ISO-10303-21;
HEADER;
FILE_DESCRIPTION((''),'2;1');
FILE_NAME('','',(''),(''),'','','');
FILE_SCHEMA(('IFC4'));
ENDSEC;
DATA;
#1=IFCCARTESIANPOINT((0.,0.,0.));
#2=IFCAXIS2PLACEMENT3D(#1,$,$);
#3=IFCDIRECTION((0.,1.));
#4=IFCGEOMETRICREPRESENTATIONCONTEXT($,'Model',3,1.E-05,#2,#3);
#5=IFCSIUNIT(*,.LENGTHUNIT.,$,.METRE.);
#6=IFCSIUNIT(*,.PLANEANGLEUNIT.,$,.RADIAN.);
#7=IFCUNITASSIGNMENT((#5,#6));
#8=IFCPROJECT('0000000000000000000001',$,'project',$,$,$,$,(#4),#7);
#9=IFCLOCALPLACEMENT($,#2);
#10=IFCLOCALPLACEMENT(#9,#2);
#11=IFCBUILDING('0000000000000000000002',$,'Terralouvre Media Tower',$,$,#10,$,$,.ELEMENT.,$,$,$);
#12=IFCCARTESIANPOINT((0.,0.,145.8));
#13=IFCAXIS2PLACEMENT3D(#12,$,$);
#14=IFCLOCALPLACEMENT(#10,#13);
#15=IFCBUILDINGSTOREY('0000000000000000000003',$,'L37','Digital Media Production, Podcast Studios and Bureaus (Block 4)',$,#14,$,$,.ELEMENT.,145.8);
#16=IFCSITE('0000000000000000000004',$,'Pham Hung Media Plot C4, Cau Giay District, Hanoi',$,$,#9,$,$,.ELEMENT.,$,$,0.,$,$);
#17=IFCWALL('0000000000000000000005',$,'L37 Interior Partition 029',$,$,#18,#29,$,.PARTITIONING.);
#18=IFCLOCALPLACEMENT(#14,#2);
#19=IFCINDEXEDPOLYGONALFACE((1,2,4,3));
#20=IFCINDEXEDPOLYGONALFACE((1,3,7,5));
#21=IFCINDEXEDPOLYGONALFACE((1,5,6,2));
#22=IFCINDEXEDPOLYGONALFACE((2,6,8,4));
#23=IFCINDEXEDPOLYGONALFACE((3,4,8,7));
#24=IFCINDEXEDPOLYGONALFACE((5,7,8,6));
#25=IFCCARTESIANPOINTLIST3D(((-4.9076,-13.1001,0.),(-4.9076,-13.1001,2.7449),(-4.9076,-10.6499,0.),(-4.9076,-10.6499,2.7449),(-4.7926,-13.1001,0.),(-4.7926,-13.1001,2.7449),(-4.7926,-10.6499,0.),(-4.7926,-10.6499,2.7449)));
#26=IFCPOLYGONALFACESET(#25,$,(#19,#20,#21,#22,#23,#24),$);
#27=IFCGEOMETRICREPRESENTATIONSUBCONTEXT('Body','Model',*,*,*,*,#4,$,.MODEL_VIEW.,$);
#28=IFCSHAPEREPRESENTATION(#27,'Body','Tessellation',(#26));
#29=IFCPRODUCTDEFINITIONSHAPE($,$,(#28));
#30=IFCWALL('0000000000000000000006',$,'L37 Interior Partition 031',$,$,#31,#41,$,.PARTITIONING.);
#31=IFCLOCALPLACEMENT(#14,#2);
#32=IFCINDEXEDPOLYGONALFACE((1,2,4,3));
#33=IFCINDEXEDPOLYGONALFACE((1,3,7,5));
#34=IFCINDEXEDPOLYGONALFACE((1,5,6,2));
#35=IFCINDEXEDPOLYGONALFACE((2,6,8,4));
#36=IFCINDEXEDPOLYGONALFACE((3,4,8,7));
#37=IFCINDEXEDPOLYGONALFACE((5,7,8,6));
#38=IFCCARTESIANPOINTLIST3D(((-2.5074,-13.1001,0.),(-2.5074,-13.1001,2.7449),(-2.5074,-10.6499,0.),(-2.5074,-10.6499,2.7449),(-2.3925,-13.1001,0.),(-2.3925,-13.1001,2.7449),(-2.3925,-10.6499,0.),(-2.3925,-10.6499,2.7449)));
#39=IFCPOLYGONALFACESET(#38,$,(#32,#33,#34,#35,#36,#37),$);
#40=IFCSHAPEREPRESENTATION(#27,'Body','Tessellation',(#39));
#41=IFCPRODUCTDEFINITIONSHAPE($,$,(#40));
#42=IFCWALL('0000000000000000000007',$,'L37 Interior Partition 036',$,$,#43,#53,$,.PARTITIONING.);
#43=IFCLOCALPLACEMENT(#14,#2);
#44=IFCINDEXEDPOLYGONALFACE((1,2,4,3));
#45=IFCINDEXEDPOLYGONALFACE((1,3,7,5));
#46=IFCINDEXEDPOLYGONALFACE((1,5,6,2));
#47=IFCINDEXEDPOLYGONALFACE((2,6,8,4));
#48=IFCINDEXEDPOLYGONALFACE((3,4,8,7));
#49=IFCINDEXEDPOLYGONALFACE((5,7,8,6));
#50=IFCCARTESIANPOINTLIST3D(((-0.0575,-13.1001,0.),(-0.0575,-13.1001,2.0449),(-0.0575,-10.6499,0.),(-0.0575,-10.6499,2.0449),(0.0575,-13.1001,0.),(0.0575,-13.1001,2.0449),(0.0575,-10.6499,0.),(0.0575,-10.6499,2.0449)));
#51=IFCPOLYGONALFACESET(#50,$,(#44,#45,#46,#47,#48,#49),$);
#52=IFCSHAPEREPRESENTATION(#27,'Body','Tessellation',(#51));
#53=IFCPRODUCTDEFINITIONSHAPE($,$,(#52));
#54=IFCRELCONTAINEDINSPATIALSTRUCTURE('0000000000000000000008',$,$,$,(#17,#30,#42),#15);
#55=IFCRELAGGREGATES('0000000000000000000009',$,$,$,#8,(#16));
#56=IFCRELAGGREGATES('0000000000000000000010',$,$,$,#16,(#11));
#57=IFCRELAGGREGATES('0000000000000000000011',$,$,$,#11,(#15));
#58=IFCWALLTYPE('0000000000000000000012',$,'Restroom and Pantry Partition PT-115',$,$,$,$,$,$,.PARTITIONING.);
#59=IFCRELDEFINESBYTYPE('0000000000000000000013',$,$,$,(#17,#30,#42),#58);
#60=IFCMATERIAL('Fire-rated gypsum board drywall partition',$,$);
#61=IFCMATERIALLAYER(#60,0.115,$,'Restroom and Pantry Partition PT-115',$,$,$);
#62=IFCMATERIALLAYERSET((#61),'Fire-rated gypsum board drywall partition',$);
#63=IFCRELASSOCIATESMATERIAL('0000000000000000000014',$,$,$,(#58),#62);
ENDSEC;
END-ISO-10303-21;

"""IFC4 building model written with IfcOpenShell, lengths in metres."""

from ifc_helpers import new_model, si_unit, direction, frame, frame_2d, origin, place, context, subcontext, project, spatial, rectangle, extrude, material, layer, layer_set, type_object, element, save


model = new_model("IFC4")

# Units and contexts
model_context = context("Model", 3, precision=1e-05, world=origin(), true_north=direction((0.0, 1.0)))
body_context = subcontext(model_context, "Body", "Model", "MODEL_VIEW")
ifc_project = project(units=[si_unit("LENGTHUNIT", "METRE"), si_unit("PLANEANGLEUNIT", "RADIAN")], contexts=[model_context])

# Site, building, storey
site_placement = place(None, origin())
site = spatial("IfcSite", under=ifc_project, at=site_placement, Name="Pham Hung Media Plot C4, Cau Giay District, Hanoi", CompositionType="ELEMENT", RefElevation=0.0)
building_placement = place(site_placement, origin())
building = spatial("IfcBuilding", under=site, at=building_placement, Name="Terralouvre Media Tower", CompositionType="ELEMENT")
storey_placement = place(building_placement, frame((0.0, 0.0, 145.8)))
storey = spatial("IfcBuildingStorey", under=building, at=storey_placement, Name="L37", Description="Digital Media Production, Podcast Studios and Bureaus (Block 4)", CompositionType="ELEMENT", Elevation=145.8)

# Shared definitions
ifc_material_1 = material(Name="Fire-rated gypsum board drywall partition")
ifc_layer_1 = layer(ifc_material_1, 0.115, Name="Restroom and Pantry Partition PT-115")
ifc_layer_set_1 = layer_set([ifc_layer_1], Name="Fire-rated gypsum board drywall partition")
wall_type_1 = type_object("IfcWallType", Name="Restroom and Pantry Partition PT-115", PredefinedType="PARTITIONING", material=ifc_layer_set_1)

# Walls
for number, where, z_axis, x_axis, name in (
    (1, (-4.8501, -10.6499, 0.0), (0.0, 0.0, 1.0), (0.0, -1.0, 0.0), "L37 Interior Partition 029"),
    (2, (-2.45, -13.1001, 0.0), (0.0, 0.0, 1.0), (0.0, 1.0, 0.0), "L37 Interior Partition 031"),
):
    element("IfcWall", number, at=place(storey_placement, frame(where, z_axis=z_axis, x_axis=x_axis)), inside=storey, type_object=wall_type_1, Name=name, PredefinedType="PARTITIONING", context=body_context, shape_type="SweptSolid", body=[
        extrude(rectangle(XDim=2.4502, YDim=0.115, at=frame_2d((1.2251, 0.0))), origin(), (0.0, 0.0, 1.0), 2.7449),
    ])
wall_1_placement = place(storey_placement, frame((0.0, -13.1001, 0.0), z_axis=(0.0, 0.0, 1.0), x_axis=(0.0, 1.0, 0.0)))
element("IfcWall", 3, at=wall_1_placement, inside=storey, type_object=wall_type_1, Name="L37 Interior Partition 036", PredefinedType="PARTITIONING", context=body_context, shape_type="SweptSolid", body=[
    extrude(rectangle(XDim=2.4502, YDim=0.115, at=frame_2d((1.2251, 0.0))), origin(), (0.0, 0.0, 1.0), 2.0449),
])

save(model, "model.ifc")
